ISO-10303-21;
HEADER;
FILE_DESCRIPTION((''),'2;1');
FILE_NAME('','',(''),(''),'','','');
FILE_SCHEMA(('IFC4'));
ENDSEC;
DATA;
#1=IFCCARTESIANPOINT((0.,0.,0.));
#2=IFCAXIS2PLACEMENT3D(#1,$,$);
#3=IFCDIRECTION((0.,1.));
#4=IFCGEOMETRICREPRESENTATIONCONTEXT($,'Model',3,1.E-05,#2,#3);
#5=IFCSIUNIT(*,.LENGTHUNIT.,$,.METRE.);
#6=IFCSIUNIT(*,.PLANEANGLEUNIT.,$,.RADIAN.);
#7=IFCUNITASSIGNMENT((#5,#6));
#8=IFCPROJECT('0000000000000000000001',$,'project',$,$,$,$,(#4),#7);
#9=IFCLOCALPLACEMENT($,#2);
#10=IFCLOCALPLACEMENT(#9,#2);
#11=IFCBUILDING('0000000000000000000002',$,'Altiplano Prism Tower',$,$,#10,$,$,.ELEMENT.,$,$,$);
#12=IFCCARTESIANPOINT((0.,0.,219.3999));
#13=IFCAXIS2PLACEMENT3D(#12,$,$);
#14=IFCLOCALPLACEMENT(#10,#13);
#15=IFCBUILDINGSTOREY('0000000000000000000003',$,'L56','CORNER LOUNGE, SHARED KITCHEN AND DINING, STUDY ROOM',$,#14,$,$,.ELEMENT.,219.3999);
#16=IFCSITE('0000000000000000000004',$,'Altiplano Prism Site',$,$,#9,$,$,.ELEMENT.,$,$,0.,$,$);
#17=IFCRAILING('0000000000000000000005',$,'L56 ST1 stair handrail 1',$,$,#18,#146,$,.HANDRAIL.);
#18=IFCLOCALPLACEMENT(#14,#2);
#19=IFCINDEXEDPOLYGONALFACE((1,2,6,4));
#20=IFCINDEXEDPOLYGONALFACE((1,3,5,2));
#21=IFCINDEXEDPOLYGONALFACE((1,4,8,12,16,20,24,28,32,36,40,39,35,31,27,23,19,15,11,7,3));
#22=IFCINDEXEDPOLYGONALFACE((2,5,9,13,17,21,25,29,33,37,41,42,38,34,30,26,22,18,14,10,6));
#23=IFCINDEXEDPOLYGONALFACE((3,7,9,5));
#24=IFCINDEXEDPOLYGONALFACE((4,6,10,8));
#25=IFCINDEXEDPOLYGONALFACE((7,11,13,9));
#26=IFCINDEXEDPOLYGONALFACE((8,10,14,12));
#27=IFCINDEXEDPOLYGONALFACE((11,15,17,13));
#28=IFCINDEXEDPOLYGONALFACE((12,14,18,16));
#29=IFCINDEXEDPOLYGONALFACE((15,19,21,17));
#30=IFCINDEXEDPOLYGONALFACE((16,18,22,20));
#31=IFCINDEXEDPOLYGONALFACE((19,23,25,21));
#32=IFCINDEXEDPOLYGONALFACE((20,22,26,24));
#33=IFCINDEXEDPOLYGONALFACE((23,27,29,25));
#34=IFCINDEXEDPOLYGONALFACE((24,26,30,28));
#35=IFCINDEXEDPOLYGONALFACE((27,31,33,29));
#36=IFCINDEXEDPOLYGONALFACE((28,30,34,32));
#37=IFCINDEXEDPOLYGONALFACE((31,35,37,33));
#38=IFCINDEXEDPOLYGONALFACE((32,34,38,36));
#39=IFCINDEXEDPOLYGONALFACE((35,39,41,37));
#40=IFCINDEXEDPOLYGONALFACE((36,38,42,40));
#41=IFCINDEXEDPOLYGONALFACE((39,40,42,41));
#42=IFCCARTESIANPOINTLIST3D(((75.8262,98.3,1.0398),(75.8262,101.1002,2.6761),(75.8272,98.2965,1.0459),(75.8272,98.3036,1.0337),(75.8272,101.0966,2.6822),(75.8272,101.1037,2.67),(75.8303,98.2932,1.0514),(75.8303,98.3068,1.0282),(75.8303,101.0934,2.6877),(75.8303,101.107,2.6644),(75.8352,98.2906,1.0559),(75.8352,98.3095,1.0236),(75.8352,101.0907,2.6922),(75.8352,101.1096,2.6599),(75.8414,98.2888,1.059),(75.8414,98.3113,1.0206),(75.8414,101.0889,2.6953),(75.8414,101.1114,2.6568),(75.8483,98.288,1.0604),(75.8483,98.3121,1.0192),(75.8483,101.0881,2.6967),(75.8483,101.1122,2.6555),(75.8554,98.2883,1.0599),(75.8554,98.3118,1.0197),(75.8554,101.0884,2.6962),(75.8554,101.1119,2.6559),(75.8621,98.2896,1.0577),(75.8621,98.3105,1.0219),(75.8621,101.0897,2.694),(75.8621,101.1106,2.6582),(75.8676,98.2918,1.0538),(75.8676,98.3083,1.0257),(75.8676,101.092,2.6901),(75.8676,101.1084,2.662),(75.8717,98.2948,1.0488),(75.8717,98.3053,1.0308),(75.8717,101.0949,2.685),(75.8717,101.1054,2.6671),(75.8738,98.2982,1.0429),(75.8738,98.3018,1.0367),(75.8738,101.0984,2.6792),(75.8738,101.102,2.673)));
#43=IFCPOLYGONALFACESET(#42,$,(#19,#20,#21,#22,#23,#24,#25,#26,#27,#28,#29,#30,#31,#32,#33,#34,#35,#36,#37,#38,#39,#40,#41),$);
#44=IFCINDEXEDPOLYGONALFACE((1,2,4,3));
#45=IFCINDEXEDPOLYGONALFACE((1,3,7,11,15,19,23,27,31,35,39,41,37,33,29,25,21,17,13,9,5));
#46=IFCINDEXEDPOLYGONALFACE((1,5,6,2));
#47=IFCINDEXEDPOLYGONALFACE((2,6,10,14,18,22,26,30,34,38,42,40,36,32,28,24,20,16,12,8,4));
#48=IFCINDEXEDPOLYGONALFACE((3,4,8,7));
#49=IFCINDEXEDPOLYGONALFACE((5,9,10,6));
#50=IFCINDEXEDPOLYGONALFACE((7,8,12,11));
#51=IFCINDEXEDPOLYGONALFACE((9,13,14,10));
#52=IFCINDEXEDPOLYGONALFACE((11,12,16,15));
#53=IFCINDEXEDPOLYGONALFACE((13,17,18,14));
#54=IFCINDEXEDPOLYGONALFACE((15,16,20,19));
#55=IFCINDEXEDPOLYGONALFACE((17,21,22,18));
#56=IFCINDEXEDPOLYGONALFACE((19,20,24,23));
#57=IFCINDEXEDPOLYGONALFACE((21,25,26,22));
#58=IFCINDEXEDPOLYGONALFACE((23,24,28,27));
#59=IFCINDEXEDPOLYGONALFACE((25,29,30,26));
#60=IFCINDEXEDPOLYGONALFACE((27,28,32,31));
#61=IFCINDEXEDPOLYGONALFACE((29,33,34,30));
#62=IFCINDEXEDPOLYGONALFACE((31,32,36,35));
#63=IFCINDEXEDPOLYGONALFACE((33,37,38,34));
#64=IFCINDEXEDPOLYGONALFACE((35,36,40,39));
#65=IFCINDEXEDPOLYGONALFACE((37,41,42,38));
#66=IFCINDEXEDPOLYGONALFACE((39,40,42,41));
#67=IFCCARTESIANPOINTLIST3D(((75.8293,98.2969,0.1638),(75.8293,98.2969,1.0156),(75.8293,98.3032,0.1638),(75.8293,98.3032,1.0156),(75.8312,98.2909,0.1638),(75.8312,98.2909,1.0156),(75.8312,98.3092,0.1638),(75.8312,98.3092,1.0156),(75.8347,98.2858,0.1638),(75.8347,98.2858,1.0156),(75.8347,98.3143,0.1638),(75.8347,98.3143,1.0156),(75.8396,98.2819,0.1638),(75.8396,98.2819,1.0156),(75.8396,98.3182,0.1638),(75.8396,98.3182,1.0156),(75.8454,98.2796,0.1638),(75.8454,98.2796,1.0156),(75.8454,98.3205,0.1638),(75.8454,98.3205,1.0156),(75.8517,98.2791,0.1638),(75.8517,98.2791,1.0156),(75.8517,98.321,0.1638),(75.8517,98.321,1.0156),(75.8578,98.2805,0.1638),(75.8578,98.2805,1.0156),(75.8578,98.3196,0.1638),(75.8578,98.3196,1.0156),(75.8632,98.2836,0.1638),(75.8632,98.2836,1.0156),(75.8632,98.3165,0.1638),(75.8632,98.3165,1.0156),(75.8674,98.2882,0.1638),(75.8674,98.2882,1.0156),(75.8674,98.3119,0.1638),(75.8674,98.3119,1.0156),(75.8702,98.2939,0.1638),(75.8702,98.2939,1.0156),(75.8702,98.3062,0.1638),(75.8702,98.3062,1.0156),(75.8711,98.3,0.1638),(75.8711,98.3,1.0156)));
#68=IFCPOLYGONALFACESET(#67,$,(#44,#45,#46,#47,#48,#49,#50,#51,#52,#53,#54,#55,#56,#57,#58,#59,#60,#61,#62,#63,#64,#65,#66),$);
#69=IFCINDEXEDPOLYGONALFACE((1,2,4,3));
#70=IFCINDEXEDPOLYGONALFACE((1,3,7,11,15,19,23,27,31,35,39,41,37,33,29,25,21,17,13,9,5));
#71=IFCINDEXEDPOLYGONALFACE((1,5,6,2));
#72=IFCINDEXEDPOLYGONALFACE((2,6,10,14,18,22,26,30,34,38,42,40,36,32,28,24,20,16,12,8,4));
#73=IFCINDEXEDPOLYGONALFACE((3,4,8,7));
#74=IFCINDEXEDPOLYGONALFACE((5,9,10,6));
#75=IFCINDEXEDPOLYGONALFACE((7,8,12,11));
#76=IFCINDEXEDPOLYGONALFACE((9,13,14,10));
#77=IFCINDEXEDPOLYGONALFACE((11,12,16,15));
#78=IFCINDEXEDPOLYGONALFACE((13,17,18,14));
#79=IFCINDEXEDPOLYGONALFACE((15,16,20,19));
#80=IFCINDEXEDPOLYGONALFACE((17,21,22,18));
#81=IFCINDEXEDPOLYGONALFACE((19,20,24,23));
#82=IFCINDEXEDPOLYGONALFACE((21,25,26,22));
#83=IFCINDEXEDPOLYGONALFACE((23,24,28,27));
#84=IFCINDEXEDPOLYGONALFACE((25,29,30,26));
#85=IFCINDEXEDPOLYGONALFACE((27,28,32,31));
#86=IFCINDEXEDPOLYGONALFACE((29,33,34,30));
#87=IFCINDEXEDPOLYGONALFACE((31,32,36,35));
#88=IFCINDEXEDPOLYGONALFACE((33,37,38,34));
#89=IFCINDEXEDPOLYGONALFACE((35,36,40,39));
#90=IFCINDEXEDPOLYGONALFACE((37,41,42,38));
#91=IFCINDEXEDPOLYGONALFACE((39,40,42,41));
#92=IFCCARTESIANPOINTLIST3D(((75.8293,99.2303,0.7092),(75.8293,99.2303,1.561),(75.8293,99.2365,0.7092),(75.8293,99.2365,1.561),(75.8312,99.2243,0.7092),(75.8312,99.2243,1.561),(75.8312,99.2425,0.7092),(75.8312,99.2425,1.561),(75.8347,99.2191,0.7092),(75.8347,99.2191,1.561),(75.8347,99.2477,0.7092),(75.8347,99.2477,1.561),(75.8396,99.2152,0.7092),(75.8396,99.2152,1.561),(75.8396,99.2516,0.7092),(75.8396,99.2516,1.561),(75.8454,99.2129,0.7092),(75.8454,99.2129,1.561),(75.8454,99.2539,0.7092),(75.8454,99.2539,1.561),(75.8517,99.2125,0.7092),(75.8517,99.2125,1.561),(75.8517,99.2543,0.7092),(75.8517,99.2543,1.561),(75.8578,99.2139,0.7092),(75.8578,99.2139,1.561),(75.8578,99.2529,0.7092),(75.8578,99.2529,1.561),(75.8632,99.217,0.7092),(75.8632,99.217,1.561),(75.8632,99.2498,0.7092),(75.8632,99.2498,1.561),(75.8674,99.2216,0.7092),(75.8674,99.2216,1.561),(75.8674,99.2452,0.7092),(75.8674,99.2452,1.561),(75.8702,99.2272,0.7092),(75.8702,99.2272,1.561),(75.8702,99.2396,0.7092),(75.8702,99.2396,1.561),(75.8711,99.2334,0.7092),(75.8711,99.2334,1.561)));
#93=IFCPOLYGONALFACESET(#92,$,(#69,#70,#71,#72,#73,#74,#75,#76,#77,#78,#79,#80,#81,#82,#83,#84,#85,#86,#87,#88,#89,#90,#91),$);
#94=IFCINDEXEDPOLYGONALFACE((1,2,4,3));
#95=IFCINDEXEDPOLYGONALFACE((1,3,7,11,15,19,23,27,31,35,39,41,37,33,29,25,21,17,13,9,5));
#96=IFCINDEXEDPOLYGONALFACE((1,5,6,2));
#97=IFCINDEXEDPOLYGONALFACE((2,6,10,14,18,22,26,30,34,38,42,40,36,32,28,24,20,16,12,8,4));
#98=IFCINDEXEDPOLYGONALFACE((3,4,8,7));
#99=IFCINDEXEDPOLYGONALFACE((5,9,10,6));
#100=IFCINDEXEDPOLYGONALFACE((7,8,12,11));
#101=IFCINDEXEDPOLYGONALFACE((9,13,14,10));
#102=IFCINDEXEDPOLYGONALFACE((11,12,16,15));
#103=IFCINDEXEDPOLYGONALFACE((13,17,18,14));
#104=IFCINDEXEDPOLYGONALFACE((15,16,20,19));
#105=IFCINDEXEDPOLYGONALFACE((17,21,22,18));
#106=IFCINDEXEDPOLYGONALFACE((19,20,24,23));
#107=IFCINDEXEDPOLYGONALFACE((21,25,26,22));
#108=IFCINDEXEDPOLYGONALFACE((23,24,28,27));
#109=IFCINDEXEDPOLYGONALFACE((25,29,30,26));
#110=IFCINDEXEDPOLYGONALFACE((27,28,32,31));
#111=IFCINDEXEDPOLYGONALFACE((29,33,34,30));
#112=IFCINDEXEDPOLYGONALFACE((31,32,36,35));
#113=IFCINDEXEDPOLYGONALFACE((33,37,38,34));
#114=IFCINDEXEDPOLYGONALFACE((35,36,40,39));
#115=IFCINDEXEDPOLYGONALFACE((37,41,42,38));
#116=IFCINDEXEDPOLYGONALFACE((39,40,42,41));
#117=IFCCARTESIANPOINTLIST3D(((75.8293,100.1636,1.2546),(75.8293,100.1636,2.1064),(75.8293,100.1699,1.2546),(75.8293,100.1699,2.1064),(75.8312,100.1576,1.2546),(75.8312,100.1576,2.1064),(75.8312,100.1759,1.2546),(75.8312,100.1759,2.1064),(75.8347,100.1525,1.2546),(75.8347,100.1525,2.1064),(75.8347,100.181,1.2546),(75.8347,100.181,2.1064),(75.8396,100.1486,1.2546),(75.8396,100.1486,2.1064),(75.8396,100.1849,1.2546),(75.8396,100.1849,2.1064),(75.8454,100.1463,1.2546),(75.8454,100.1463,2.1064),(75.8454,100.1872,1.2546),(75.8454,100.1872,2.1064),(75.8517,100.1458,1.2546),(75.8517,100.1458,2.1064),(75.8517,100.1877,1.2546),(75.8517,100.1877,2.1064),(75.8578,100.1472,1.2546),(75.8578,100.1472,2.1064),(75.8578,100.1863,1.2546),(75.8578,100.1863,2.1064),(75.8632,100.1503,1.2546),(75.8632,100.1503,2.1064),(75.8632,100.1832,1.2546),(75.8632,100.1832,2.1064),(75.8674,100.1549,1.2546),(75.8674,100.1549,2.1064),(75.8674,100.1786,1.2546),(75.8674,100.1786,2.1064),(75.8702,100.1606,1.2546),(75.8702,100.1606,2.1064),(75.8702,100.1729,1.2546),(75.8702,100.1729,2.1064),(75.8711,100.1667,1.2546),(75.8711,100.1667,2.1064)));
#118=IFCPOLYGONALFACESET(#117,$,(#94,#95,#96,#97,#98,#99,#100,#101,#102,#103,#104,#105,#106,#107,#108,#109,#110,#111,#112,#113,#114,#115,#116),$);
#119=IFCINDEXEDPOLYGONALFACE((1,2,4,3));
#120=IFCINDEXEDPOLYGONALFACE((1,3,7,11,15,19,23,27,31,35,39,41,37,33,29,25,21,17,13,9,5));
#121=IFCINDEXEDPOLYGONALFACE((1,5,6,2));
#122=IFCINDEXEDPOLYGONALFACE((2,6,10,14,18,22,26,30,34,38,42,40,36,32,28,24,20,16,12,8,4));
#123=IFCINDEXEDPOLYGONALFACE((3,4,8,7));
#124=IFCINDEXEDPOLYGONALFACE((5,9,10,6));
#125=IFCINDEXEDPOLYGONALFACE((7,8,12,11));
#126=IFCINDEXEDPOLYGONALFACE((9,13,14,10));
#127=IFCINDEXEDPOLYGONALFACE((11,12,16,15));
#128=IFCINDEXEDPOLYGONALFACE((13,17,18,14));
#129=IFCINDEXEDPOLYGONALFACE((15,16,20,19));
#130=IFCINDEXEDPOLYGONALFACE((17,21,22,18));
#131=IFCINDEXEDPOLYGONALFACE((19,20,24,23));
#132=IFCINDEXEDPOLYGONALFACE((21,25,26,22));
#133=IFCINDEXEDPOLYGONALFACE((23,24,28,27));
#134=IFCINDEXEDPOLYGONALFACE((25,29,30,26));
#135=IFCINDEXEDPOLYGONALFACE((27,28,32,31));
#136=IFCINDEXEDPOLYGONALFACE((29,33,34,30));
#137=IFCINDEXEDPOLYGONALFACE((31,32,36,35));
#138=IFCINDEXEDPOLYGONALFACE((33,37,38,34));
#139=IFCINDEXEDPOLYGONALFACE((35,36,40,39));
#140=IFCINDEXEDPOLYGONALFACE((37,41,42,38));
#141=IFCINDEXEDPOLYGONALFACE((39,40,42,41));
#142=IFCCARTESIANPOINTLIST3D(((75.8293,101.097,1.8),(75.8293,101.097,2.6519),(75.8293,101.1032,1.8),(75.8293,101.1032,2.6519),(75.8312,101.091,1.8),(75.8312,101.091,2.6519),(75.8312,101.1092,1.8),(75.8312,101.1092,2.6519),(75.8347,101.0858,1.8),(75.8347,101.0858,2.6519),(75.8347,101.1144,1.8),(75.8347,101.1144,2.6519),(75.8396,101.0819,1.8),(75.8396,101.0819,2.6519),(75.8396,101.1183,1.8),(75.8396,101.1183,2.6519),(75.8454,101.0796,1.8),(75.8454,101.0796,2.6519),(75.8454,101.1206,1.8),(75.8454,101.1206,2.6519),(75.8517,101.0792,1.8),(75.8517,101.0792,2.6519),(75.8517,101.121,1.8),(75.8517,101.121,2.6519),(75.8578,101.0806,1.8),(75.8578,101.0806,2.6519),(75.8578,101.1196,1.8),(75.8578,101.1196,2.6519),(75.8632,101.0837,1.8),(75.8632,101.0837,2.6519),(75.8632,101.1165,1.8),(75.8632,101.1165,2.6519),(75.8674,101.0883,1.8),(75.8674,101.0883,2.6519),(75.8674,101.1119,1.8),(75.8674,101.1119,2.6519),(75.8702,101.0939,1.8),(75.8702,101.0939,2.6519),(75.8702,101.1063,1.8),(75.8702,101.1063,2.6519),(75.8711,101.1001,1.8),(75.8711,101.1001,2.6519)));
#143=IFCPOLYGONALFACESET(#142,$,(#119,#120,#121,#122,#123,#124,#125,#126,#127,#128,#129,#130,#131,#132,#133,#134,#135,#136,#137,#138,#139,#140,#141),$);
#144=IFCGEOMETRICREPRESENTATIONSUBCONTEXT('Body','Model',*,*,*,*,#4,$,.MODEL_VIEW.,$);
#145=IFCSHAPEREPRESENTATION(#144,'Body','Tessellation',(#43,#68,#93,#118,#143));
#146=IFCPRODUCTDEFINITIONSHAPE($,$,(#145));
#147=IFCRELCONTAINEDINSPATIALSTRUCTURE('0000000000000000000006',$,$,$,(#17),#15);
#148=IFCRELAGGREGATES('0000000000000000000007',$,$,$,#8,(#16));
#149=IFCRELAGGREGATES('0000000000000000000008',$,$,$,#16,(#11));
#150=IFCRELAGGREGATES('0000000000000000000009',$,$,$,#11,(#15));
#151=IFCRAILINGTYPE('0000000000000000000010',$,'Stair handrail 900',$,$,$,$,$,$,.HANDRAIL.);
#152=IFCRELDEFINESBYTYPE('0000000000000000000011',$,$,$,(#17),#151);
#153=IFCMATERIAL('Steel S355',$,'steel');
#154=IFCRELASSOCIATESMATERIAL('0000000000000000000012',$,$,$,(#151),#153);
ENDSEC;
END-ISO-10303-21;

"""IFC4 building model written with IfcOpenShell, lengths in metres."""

from ifc_helpers import new_model, si_unit, direction, frame, origin, origin_2d, place, context, subcontext, project, spatial, circle, extrude, material, type_object, element, save


model = new_model("IFC4")

# Units and contexts
model_context = context("Model", 3, precision=1e-05, world=origin(), true_north=direction((0.0, 1.0)))
body_context = subcontext(model_context, "Body", "Model", "MODEL_VIEW")
ifc_project = project(units=[si_unit("LENGTHUNIT", "METRE"), si_unit("PLANEANGLEUNIT", "RADIAN")], contexts=[model_context])

# Site, building, storey
site_placement = place(None, origin())
site = spatial("IfcSite", under=ifc_project, at=site_placement, Name="Altiplano Prism Site", CompositionType="ELEMENT", RefElevation=0.0)
building_placement = place(site_placement, origin())
building = spatial("IfcBuilding", under=site, at=building_placement, Name="Altiplano Prism Tower", CompositionType="ELEMENT")
storey_placement = place(building_placement, frame((0.0, 0.0, 219.3999)))
storey = spatial("IfcBuildingStorey", under=building, at=storey_placement, Name="L56", Description="CORNER LOUNGE, SHARED KITCHEN AND DINING, STUDY ROOM", CompositionType="ELEMENT", Elevation=219.3999)

# Shared definitions
ifc_material_1 = material(Name="Steel S355", Category="steel")

# Railing
railing_type_1 = type_object("IfcRailingType", Name="Stair handrail 900", PredefinedType="HANDRAIL", material=ifc_material_1)
railing_1_placement = place(storey_placement, frame((75.8501, 98.3, 0.1638)))
element("IfcRailing", 1, at=railing_1_placement, inside=storey, type_object=railing_type_1, Name="L56 ST1 stair handrail 1", PredefinedType="HANDRAIL", context=body_context, shape_type="SweptSolid", body=[
    extrude(circle(Radius=0.0239, at=origin_2d()), frame((0.0, 0.0, 0.876), z_axis=(0.0, 0.863394, 0.504531), x_axis=(-1.0, 0.0, 0.0)), (0.0, 0.0, 1.0), 3.2432),
    extrude(circle(Radius=0.021, at=origin_2d()), origin(), (0.0, 0.0, 1.0), 0.8518),
    extrude(circle(Radius=0.021, at=origin_2d()), frame((0.0, 0.9333, 0.5454)), (0.0, 0.0, 1.0), 0.8518),
    extrude(circle(Radius=0.021, at=origin_2d()), frame((0.0, 1.8667, 1.0908)), (0.0, 0.0, 1.0), 0.8518),
    extrude(circle(Radius=0.021, at=origin_2d()), frame((0.0, 2.8, 1.6362)), (0.0, 0.0, 1.0), 0.8518),
])

save(model, "model.ifc")
